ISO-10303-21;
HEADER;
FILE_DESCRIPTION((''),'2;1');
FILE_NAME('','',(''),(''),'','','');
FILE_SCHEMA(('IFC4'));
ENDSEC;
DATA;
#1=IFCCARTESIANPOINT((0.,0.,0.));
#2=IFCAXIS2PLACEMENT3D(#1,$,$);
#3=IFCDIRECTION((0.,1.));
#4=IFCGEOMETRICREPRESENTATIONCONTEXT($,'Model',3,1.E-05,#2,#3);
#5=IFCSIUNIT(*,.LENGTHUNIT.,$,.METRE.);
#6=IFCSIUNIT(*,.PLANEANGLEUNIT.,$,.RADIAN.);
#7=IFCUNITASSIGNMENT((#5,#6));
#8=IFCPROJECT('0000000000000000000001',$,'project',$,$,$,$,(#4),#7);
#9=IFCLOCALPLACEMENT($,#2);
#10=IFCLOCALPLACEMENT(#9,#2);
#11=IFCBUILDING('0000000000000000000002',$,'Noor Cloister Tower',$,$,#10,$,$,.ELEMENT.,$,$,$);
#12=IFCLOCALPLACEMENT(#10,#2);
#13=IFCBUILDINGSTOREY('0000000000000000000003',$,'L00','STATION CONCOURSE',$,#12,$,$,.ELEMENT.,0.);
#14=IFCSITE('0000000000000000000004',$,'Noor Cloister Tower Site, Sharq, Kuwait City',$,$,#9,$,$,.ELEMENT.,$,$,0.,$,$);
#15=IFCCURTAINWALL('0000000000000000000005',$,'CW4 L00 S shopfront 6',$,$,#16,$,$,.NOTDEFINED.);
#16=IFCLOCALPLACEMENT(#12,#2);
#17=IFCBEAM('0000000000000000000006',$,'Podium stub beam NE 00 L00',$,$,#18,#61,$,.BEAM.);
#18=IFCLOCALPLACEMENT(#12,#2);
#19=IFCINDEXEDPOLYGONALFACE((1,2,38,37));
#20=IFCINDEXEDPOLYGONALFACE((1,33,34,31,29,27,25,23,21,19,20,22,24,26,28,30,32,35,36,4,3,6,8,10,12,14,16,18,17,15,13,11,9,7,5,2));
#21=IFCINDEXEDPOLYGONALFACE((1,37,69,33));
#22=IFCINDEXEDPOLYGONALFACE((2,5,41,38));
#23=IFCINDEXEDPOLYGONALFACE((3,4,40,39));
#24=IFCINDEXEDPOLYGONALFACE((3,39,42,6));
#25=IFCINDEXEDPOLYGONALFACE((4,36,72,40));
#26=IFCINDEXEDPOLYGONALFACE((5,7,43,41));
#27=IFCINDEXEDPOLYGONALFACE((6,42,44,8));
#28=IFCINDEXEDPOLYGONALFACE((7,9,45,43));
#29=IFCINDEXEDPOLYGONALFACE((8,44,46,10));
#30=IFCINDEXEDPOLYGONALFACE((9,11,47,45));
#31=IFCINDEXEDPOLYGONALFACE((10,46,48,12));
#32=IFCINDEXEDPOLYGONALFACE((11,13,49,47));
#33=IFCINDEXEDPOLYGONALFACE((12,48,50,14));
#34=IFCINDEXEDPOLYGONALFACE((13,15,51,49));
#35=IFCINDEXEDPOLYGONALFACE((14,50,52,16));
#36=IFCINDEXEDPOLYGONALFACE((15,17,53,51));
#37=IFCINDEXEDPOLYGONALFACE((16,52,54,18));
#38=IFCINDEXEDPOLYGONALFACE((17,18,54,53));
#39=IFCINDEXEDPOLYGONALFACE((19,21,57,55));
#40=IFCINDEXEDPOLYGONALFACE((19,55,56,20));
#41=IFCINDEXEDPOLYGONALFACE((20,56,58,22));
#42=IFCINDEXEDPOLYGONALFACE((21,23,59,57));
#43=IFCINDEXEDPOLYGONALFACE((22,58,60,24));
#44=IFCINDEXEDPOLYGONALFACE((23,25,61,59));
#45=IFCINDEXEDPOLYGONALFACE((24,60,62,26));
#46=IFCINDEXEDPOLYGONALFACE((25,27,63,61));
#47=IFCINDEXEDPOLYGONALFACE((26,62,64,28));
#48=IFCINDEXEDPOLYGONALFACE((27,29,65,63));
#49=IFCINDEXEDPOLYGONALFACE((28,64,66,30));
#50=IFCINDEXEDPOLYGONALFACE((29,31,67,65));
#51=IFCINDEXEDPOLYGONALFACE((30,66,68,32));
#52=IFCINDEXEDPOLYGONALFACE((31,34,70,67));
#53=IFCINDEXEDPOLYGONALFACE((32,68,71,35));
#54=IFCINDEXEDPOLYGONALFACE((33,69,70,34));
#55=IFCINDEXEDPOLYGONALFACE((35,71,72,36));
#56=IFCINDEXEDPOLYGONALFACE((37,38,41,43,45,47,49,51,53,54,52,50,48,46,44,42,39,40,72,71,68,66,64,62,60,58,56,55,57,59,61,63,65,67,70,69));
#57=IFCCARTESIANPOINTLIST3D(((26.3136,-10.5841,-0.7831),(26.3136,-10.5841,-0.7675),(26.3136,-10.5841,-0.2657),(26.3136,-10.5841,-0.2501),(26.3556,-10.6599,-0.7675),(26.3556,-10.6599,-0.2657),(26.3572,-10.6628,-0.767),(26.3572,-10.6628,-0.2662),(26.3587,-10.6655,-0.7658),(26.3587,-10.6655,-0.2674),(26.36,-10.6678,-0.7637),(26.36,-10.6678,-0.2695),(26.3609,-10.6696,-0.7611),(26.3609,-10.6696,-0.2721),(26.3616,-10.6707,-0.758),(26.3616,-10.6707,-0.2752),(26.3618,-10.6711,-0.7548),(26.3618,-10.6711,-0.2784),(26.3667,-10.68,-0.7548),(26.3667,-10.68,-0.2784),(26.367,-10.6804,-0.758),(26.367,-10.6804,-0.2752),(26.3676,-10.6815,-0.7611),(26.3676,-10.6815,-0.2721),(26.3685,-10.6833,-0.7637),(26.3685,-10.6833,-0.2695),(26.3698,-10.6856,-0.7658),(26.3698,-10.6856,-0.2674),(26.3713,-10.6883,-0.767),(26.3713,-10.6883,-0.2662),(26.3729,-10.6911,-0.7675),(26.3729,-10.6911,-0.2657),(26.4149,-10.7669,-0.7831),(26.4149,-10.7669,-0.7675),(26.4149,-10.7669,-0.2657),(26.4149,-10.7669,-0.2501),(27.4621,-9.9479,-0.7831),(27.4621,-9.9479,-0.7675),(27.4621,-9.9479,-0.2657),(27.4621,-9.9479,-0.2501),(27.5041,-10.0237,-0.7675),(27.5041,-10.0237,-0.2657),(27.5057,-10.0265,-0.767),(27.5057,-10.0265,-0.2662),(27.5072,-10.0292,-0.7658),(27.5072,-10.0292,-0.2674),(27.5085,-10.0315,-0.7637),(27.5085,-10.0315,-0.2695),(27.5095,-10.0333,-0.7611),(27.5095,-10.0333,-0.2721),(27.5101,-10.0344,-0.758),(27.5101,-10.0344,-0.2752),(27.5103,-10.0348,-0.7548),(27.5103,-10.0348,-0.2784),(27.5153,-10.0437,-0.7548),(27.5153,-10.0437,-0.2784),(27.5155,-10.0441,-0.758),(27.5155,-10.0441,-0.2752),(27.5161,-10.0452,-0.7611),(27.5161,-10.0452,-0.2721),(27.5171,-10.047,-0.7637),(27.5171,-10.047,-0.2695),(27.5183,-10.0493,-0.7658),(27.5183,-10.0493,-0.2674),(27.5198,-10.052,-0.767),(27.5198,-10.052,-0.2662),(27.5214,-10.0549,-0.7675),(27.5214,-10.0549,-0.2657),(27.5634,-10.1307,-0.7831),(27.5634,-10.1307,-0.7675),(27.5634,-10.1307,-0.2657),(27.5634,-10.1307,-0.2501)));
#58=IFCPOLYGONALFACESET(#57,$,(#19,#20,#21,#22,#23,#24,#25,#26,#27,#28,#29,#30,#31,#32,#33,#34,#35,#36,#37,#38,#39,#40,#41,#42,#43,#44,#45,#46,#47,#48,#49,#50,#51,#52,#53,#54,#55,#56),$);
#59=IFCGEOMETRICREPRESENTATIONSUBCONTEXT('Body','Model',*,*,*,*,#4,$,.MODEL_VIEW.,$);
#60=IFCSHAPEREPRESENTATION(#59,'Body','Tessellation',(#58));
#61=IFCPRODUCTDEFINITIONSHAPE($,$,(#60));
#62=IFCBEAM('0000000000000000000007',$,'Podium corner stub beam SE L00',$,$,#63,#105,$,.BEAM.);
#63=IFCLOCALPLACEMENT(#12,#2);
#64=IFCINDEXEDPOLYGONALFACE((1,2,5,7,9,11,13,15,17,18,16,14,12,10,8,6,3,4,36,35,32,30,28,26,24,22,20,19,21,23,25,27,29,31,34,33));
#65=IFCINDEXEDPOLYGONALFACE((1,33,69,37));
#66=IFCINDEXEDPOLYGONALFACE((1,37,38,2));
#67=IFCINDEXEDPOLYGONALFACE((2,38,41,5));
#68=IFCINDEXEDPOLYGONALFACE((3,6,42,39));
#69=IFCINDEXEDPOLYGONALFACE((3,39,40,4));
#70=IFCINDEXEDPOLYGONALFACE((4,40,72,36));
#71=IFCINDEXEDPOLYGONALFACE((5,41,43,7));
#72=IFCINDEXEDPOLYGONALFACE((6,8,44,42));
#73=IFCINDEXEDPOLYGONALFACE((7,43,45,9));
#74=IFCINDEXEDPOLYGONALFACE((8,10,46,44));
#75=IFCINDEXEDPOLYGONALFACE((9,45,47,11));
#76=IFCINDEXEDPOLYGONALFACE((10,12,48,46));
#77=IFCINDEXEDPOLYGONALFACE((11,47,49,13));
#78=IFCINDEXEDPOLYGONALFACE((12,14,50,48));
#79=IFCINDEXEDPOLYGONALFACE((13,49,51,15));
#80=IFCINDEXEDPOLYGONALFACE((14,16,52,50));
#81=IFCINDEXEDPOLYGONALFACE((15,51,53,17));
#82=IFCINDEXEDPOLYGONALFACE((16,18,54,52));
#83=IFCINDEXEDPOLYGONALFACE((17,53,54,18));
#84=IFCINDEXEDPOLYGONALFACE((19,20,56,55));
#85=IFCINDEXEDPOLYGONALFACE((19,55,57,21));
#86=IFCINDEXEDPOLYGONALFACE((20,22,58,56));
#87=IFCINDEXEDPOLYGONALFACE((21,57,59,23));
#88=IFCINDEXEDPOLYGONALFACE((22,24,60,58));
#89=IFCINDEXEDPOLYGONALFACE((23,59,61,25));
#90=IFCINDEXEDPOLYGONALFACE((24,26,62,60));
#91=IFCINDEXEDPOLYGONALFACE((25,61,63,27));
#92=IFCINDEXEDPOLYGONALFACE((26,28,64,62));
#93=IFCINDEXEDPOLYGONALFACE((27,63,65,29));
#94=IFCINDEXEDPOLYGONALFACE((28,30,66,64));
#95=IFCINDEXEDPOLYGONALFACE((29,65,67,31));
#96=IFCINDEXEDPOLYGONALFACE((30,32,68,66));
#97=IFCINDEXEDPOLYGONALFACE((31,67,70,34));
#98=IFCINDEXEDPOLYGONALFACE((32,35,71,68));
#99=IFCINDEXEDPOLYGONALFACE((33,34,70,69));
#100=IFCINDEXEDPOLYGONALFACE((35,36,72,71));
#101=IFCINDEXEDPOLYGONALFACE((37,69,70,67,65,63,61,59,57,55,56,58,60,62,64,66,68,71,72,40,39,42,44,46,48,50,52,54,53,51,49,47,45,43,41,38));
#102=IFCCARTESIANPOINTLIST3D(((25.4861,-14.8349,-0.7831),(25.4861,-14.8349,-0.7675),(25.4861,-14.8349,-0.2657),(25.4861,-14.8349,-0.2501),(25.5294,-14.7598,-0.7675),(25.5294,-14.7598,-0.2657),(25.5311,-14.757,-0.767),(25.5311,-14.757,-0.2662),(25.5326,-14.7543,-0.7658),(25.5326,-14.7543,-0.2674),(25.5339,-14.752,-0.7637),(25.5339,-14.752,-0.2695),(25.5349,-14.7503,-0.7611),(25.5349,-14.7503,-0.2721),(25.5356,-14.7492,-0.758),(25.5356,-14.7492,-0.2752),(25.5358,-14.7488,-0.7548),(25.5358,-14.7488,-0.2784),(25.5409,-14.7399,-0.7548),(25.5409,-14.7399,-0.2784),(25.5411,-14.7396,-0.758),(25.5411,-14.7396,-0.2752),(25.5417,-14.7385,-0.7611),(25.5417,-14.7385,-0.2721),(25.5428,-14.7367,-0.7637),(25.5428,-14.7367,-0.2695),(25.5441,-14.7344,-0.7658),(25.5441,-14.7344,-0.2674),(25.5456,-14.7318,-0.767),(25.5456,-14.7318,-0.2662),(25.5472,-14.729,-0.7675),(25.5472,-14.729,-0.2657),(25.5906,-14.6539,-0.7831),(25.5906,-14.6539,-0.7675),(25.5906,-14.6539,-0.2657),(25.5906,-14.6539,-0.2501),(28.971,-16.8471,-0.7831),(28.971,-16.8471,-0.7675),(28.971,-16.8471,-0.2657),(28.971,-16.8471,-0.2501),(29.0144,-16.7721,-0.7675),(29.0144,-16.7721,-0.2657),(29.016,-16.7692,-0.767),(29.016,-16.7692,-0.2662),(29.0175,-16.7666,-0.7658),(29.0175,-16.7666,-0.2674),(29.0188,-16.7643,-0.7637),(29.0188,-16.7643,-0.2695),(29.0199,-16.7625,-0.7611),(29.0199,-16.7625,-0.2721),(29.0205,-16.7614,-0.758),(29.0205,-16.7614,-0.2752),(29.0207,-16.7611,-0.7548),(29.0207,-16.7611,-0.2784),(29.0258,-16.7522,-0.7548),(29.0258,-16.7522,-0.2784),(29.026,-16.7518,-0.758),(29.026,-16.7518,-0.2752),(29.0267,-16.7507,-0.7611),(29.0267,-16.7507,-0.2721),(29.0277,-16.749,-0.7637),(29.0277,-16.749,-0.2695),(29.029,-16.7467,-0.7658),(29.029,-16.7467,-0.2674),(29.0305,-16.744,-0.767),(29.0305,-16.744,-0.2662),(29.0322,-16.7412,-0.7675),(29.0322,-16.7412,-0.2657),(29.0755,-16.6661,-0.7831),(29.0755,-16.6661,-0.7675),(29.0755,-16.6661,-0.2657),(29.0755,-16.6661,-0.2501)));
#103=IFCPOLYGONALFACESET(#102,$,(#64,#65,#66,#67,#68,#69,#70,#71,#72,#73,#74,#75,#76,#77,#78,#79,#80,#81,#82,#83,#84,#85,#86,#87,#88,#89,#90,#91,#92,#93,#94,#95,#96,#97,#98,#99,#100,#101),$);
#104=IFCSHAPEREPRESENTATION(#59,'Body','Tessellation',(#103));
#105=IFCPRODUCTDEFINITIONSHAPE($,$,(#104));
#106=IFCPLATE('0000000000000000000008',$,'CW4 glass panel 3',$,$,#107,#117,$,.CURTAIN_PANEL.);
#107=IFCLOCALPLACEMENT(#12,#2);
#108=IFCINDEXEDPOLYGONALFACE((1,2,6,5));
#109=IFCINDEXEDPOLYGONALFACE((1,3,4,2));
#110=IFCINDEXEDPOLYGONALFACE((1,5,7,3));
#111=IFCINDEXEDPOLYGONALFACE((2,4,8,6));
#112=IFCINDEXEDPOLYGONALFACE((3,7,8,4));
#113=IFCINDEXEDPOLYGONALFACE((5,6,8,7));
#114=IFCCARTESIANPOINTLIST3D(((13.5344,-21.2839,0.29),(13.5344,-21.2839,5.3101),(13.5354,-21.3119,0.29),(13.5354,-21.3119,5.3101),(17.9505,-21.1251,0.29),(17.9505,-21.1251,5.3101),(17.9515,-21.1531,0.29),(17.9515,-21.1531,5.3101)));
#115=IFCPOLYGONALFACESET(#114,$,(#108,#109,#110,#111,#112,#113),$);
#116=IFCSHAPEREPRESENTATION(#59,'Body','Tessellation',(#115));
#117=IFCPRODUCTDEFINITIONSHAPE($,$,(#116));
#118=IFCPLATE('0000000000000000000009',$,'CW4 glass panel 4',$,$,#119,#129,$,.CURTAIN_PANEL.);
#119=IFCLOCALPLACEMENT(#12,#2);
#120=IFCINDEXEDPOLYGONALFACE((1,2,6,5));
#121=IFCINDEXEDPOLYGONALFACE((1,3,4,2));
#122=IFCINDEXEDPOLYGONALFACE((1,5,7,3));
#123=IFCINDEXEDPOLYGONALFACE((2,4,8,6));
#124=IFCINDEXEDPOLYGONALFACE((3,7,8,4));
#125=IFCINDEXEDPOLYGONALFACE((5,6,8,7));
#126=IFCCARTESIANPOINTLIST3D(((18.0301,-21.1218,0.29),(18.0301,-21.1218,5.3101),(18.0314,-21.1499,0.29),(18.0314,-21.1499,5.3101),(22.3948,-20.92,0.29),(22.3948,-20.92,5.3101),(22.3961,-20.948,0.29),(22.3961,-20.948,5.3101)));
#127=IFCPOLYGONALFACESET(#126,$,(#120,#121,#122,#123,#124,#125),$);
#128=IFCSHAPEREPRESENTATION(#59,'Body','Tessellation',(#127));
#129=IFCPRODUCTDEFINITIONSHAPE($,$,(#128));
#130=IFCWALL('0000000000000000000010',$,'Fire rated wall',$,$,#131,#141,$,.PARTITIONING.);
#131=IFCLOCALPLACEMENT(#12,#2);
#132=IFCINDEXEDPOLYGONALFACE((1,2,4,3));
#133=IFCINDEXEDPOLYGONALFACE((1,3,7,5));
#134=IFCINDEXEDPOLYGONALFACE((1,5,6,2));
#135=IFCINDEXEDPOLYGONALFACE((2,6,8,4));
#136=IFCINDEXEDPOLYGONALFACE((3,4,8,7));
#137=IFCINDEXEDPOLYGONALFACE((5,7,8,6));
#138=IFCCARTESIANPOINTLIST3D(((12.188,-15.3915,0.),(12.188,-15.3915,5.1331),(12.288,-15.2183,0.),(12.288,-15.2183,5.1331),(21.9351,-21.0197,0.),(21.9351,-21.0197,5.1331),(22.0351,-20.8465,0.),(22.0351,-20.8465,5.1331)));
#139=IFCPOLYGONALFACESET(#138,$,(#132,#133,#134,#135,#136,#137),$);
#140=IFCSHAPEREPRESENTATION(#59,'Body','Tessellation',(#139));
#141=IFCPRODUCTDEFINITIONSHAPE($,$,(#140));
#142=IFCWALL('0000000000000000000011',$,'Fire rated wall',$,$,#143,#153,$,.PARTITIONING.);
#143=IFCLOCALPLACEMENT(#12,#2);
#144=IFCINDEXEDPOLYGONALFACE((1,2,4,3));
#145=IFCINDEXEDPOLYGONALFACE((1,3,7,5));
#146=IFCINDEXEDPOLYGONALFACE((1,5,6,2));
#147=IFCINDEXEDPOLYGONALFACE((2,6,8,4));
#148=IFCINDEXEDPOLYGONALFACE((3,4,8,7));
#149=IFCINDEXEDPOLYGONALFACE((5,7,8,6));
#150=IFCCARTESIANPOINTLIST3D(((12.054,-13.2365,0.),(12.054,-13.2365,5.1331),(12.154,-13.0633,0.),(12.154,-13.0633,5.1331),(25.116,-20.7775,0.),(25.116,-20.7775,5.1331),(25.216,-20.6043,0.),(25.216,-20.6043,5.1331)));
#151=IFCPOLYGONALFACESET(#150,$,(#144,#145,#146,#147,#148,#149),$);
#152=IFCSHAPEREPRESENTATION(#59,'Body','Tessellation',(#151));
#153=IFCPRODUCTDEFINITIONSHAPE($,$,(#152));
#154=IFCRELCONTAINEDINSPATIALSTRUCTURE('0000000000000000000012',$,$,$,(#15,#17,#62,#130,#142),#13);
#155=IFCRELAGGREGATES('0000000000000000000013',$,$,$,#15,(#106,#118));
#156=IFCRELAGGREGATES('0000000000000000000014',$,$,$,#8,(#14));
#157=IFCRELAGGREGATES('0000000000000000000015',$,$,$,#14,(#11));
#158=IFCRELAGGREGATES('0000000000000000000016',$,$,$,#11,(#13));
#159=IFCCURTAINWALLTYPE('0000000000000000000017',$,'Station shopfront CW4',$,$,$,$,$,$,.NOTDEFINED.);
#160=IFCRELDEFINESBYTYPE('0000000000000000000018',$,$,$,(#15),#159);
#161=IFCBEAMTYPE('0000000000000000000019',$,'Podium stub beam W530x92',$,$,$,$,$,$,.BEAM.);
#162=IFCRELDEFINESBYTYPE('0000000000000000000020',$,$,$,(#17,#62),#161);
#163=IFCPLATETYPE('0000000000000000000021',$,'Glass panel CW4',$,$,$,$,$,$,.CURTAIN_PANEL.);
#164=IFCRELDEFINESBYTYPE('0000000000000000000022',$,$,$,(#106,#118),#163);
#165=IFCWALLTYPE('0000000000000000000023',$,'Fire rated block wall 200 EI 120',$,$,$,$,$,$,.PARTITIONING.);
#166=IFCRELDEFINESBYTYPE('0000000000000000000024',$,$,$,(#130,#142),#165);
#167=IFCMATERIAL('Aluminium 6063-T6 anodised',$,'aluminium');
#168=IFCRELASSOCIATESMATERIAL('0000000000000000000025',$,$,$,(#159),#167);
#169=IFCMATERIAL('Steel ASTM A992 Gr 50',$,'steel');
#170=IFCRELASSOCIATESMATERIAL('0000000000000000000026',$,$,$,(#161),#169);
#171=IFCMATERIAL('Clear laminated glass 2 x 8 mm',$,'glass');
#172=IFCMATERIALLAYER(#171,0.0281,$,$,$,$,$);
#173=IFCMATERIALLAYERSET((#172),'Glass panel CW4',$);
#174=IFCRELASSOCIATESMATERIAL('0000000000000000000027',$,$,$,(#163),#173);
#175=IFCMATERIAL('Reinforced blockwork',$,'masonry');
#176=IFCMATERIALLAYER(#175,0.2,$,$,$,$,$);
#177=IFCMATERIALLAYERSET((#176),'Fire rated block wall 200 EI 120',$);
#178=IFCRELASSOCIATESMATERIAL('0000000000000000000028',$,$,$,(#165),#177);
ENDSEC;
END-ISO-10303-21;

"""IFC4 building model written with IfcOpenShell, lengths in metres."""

from ifc_helpers import new_model, si_unit, direction, frame, frame_2d, origin, origin_2d, place, context, subcontext, project, spatial, rectangle, i_section, extrude, material, layer, layer_set, material_profile, profile_set, type_object, element, aggregate, save


model = new_model("IFC4")

# Units and contexts
model_context = context("Model", 3, precision=1e-05, world=origin(), true_north=direction((0.0, 1.0)))
body_context = subcontext(model_context, "Body", "Model", "MODEL_VIEW")
ifc_project = project(units=[si_unit("LENGTHUNIT", "METRE"), si_unit("PLANEANGLEUNIT", "RADIAN")], contexts=[model_context])

# Site, building, storey
site_placement = place(None, origin())
site = spatial("IfcSite", under=ifc_project, at=site_placement, Name="Noor Cloister Tower Site, Sharq, Kuwait City", CompositionType="ELEMENT", RefElevation=0.0)
building_placement = place(site_placement, origin())
building = spatial("IfcBuilding", under=site, at=building_placement, Name="Noor Cloister Tower", CompositionType="ELEMENT")
storey_placement = place(building_placement, origin())
storey = spatial("IfcBuildingStorey", under=building, at=storey_placement, Name="L00", Description="STATION CONCOURSE", CompositionType="ELEMENT", Elevation=0.0)

# Curtain wall
ifc_material_1 = material(Name="Aluminium 6063-T6 anodised", Category="aluminium")
curtain_wall_type = type_object("IfcCurtainWallType", Name="Station shopfront CW4", PredefinedType="NOTDEFINED", material=ifc_material_1)
curtain_wall_placement = place(storey_placement, origin())
curtain_wall = element("IfcCurtainWall", 1, at=curtain_wall_placement, inside=storey, type_object=curtain_wall_type, Name="CW4 L00 S shopfront 6", PredefinedType="NOTDEFINED")

# Beams
ifc_material_2 = material(Name="Steel ASTM A992 Gr 50", Category="steel")
ifc_material_profile_1 = material_profile(ifc_material_2, i_section(OverallWidth=0.209, OverallDepth=0.533, WebThickness=0.0103, FlangeThickness=0.0156, FilletRadius=0.0127, at=origin_2d()), Name="W530x92")
ifc_profile_set_1 = profile_set([ifc_material_profile_1], Name="Steel ASTM A992 Gr 50")
beam_type_1 = type_object("IfcBeamType", Name="Podium stub beam W530x92", PredefinedType="BEAM", material=ifc_profile_set_1)
beam_1_placement = place(storey_placement, frame((26.3643, -10.6755, -0.5166), z_axis=(0.874736, 0.484601, 0.0), x_axis=(-0.484601, 0.874736, 0.0)))
element("IfcBeam", 2, at=beam_1_placement, inside=storey, type_object=beam_type_1, Name="Podium stub beam NE 00 L00", PredefinedType="BEAM", context=body_context, shape_type="SweptSolid", body=[
    extrude(i_section(OverallWidth=0.209, OverallDepth=0.533, WebThickness=0.0103, FlangeThickness=0.0156, FilletRadius=0.0127, at=origin_2d()), origin(), (0.0, 0.0, 1.0), 1.313),
])
beam_2_placement = place(storey_placement, frame((25.5383, -14.7444, -0.5166), z_axis=(0.866002, -0.500041, 0.0), x_axis=(0.500041, 0.866002, 0.0)))
element("IfcBeam", 3, at=beam_2_placement, inside=storey, type_object=beam_type_1, Name="Podium corner stub beam SE L00", PredefinedType="BEAM", context=body_context, shape_type="SweptSolid", body=[
    extrude(i_section(OverallWidth=0.209, OverallDepth=0.533, WebThickness=0.0103, FlangeThickness=0.0156, FilletRadius=0.0127, at=origin_2d()), origin(), (0.0, 0.0, 1.0), 4.0242),
])

# Plates
ifc_material_3 = material(Name="Clear laminated glass 2 x 8 mm", Category="glass")
ifc_layer_1 = layer(ifc_material_3, 0.0281)
ifc_layer_set_1 = layer_set([ifc_layer_1], Name="Glass panel CW4")
plate_type = type_object("IfcPlateType", Name="Glass panel CW4", PredefinedType="CURTAIN_PANEL", material=ifc_layer_set_1)
plate_1_placement = place(storey_placement, frame((15.7429, -21.2185, 0.29), z_axis=(0.0, 0.0, 1.0), x_axis=(0.999354, 0.035935, 0.0)))
plate_1 = element("IfcPlate", 4, at=plate_1_placement, type_object=plate_type, Name="CW4 glass panel 3", PredefinedType="CURTAIN_PANEL", context=body_context, shape_type="SweptSolid", body=[
    extrude(rectangle(XDim=4.4189, YDim=0.0281, at=origin_2d()), origin(), (0.0, 0.0, 1.0), 5.02),
])
plate_2_placement = place(storey_placement, frame((20.2131, -21.0349, 0.29), z_axis=(0.0, 0.0, 1.0), x_axis=(0.998932, 0.046195, 0.0)))
plate_2 = element("IfcPlate", 5, at=plate_2_placement, type_object=plate_type, Name="CW4 glass panel 4", PredefinedType="CURTAIN_PANEL", context=body_context, shape_type="SweptSolid", body=[
    extrude(rectangle(XDim=4.3694, YDim=0.0281, at=origin_2d()), origin(), (0.0, 0.0, 1.0), 5.02),
])
aggregate(curtain_wall, [plate_1, plate_2])

# Walls
ifc_material_4 = material(Name="Reinforced blockwork", Category="masonry")
ifc_layer_2 = layer(ifc_material_4, 0.2)
ifc_layer_set_2 = layer_set([ifc_layer_2], Name="Fire rated block wall 200 EI 120")
wall_type_1 = type_object("IfcWallType", Name="Fire rated block wall 200 EI 120", PredefinedType="PARTITIONING", material=ifc_layer_set_2)
wall_1_placement = place(storey_placement, frame((21.9851, -20.9331, 0.0), z_axis=(0.0, 0.0, 1.0), x_axis=(-0.865998, 0.500047, 0.0)))
element("IfcWall", 6, at=wall_1_placement, inside=storey, type_object=wall_type_1, Name="Fire rated wall", PredefinedType="PARTITIONING", context=body_context, shape_type="SweptSolid", body=[
    extrude(rectangle(XDim=11.2554, YDim=0.2, at=frame_2d((5.6277, 0.0))), origin(), (0.0, 0.0, 1.0), 5.1331),
])
wall_2_placement = place(storey_placement, frame((25.166, -20.6909, 0.0), z_axis=(0.0, 0.0, 1.0), x_axis=(-0.866035, 0.499983, 0.0)))
element("IfcWall", 7, at=wall_2_placement, inside=storey, type_object=wall_type_1, Name="Fire rated wall", PredefinedType="PARTITIONING", context=body_context, shape_type="SweptSolid", body=[
    extrude(rectangle(XDim=15.0825, YDim=0.2, at=frame_2d((7.5413, 0.0))), origin(), (0.0, 0.0, 1.0), 5.1331),
])

save(model, "model.ifc")
